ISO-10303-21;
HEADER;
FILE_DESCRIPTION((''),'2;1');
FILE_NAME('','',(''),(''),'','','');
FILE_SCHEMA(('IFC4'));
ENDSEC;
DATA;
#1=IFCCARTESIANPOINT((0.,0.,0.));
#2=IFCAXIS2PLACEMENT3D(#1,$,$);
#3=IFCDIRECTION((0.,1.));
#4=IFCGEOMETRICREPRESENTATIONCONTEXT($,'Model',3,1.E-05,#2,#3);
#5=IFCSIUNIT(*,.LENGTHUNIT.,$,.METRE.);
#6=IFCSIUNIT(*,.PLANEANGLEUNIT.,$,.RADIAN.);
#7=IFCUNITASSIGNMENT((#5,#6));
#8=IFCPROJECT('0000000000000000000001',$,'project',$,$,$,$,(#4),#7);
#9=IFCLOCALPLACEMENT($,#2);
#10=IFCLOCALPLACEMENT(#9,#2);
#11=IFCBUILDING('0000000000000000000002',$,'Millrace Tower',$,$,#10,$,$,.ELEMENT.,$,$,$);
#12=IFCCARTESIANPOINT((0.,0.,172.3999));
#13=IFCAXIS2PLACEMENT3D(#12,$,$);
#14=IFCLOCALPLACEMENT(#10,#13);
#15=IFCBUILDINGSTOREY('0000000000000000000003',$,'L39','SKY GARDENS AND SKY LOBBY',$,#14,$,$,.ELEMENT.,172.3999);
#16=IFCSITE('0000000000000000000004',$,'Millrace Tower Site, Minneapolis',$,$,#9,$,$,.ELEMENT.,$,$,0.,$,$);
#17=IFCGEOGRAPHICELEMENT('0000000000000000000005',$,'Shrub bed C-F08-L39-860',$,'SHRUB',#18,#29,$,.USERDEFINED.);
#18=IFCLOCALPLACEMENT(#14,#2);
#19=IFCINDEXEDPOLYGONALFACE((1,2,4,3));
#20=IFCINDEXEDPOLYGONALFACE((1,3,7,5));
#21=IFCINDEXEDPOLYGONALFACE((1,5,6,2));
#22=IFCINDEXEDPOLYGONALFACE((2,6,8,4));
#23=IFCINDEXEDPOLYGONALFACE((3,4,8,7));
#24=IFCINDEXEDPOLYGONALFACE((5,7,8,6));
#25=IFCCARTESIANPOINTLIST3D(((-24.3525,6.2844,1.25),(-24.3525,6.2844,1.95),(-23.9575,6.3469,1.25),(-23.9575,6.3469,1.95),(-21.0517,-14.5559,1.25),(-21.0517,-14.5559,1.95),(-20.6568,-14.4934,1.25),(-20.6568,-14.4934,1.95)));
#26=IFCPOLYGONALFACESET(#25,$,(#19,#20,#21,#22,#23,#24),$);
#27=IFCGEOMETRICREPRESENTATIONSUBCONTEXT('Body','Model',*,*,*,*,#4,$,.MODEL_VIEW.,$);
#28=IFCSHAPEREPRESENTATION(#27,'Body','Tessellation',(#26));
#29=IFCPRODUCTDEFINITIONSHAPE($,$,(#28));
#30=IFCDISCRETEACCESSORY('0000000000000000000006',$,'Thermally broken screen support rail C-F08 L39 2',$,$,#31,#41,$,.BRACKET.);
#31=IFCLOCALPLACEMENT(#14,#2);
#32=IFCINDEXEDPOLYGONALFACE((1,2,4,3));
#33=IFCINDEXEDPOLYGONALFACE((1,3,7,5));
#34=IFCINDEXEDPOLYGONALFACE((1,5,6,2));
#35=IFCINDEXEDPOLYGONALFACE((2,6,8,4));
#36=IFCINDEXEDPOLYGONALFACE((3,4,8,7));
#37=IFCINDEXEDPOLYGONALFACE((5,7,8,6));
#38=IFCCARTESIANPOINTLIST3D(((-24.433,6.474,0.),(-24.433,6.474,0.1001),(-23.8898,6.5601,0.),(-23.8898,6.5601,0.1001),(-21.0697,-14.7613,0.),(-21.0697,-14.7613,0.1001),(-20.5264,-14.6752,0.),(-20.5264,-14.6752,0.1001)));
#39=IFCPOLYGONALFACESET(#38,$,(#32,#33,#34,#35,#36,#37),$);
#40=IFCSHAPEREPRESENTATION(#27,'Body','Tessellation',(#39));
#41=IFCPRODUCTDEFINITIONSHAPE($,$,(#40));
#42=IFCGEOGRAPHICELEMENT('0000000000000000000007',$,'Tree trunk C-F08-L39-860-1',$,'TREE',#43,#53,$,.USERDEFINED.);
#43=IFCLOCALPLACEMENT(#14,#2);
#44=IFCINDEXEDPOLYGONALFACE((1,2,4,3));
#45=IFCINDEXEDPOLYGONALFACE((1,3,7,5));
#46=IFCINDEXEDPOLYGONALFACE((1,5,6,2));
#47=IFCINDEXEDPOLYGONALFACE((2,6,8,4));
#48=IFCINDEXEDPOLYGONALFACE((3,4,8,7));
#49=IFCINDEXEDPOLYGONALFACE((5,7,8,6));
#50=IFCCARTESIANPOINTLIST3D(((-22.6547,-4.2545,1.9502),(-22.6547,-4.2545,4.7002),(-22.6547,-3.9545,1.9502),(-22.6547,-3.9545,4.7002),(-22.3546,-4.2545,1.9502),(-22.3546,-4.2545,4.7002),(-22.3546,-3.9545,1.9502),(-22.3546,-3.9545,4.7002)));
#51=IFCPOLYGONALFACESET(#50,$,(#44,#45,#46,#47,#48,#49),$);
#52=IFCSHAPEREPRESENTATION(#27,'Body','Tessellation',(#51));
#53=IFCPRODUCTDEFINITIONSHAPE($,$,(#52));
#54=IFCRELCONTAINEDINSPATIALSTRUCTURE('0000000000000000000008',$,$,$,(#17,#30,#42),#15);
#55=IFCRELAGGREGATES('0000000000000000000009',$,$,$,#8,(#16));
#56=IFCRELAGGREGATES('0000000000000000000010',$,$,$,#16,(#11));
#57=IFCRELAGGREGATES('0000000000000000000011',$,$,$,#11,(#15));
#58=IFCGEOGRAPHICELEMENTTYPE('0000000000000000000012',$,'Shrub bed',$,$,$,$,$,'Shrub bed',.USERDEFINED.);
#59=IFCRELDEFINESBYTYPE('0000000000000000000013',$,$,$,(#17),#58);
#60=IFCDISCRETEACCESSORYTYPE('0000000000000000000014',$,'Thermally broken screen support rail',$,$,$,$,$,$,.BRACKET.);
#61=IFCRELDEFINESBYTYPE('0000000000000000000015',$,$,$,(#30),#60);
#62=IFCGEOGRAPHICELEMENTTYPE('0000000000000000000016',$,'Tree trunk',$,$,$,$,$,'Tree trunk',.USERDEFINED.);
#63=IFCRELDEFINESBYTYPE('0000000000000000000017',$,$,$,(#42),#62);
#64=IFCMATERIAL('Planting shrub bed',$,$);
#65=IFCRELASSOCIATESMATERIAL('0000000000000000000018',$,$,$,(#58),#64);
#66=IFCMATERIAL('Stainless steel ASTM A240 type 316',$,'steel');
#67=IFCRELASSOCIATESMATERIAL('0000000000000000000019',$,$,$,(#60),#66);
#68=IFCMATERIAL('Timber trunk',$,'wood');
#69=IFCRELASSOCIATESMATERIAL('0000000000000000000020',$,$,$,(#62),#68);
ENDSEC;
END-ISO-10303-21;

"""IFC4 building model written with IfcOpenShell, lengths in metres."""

from ifc_helpers import new_model, si_unit, direction, frame, origin, origin_2d, place, context, subcontext, project, spatial, rectangle, extrude, material, type_object, element, save


model = new_model("IFC4")

# Units and contexts
model_context = context("Model", 3, precision=1e-05, world=origin(), true_north=direction((0.0, 1.0)))
body_context = subcontext(model_context, "Body", "Model", "MODEL_VIEW")
ifc_project = project(units=[si_unit("LENGTHUNIT", "METRE"), si_unit("PLANEANGLEUNIT", "RADIAN")], contexts=[model_context])

# Site, building, storey
site_placement = place(None, origin())
site = spatial("IfcSite", under=ifc_project, at=site_placement, Name="Millrace Tower Site, Minneapolis", CompositionType="ELEMENT", RefElevation=0.0)
building_placement = place(site_placement, origin())
building = spatial("IfcBuilding", under=site, at=building_placement, Name="Millrace Tower", CompositionType="ELEMENT")
storey_placement = place(building_placement, frame((0.0, 0.0, 172.3999)))
storey = spatial("IfcBuildingStorey", under=building, at=storey_placement, Name="L39", Description="SKY GARDENS AND SKY LOBBY", CompositionType="ELEMENT", Elevation=172.3999)

# Geographic element
ifc_material_1 = material(Name="Planting shrub bed")
geographic_element_type_1 = type_object("IfcGeographicElementType", Name="Shrub bed", ElementType="Shrub bed", PredefinedType="USERDEFINED", material=ifc_material_1)
geographic_element_1_placement = place(storey_placement, frame((-22.5046, -4.1045, 1.25), z_axis=(0.0, 0.0, 1.0), x_axis=(0.156434, -0.987688, 0.0)))
element("IfcGeographicElement", 1, at=geographic_element_1_placement, inside=storey, type_object=geographic_element_type_1, Name="Shrub bed C-F08-L39-860", ObjectType="SHRUB", PredefinedType="USERDEFINED", context=body_context, shape_type="SweptSolid", body=[
    extrude(rectangle(XDim=21.1001, YDim=0.3999, at=origin_2d()), origin(), (0.0, 0.0, 1.0), 0.7),
])

# Discrete accessory
ifc_material_2 = material(Name="Stainless steel ASTM A240 type 316", Category="steel")
discrete_accessory_type = type_object("IfcDiscreteAccessoryType", Name="Thermally broken screen support rail", PredefinedType="BRACKET", material=ifc_material_2)
discrete_accessory_placement = place(storey_placement, frame((-22.4797, -4.1006, 0.0), z_axis=(0.0, 0.0, 1.0), x_axis=(0.156434, -0.987688, 0.0)))
element("IfcDiscreteAccessory", 2, at=discrete_accessory_placement, inside=storey, type_object=discrete_accessory_type, Name="Thermally broken screen support rail C-F08 L39 2", PredefinedType="BRACKET", context=body_context, shape_type="SweptSolid", body=[
    extrude(rectangle(XDim=21.5, YDim=0.55, at=origin_2d()), origin(), (0.0, 0.0, 1.0), 0.1001),
])

# Geographic element
ifc_material_3 = material(Name="Timber trunk", Category="wood")
geographic_element_type_2 = type_object("IfcGeographicElementType", Name="Tree trunk", ElementType="Tree trunk", PredefinedType="USERDEFINED", material=ifc_material_3)
geographic_element_2_placement = place(storey_placement, frame((-22.5046, -4.1045, 1.9502), z_axis=(0.0, 0.0, 1.0), x_axis=(1.0, 0.0, 0.0)))
element("IfcGeographicElement", 3, at=geographic_element_2_placement, inside=storey, type_object=geographic_element_type_2, Name="Tree trunk C-F08-L39-860-1", ObjectType="TREE", PredefinedType="USERDEFINED", context=body_context, shape_type="SweptSolid", body=[
    extrude(rectangle(XDim=0.3, YDim=0.3, at=origin_2d()), origin(), (0.0, 0.0, 1.0), 2.75),
])

save(model, "model.ifc")
